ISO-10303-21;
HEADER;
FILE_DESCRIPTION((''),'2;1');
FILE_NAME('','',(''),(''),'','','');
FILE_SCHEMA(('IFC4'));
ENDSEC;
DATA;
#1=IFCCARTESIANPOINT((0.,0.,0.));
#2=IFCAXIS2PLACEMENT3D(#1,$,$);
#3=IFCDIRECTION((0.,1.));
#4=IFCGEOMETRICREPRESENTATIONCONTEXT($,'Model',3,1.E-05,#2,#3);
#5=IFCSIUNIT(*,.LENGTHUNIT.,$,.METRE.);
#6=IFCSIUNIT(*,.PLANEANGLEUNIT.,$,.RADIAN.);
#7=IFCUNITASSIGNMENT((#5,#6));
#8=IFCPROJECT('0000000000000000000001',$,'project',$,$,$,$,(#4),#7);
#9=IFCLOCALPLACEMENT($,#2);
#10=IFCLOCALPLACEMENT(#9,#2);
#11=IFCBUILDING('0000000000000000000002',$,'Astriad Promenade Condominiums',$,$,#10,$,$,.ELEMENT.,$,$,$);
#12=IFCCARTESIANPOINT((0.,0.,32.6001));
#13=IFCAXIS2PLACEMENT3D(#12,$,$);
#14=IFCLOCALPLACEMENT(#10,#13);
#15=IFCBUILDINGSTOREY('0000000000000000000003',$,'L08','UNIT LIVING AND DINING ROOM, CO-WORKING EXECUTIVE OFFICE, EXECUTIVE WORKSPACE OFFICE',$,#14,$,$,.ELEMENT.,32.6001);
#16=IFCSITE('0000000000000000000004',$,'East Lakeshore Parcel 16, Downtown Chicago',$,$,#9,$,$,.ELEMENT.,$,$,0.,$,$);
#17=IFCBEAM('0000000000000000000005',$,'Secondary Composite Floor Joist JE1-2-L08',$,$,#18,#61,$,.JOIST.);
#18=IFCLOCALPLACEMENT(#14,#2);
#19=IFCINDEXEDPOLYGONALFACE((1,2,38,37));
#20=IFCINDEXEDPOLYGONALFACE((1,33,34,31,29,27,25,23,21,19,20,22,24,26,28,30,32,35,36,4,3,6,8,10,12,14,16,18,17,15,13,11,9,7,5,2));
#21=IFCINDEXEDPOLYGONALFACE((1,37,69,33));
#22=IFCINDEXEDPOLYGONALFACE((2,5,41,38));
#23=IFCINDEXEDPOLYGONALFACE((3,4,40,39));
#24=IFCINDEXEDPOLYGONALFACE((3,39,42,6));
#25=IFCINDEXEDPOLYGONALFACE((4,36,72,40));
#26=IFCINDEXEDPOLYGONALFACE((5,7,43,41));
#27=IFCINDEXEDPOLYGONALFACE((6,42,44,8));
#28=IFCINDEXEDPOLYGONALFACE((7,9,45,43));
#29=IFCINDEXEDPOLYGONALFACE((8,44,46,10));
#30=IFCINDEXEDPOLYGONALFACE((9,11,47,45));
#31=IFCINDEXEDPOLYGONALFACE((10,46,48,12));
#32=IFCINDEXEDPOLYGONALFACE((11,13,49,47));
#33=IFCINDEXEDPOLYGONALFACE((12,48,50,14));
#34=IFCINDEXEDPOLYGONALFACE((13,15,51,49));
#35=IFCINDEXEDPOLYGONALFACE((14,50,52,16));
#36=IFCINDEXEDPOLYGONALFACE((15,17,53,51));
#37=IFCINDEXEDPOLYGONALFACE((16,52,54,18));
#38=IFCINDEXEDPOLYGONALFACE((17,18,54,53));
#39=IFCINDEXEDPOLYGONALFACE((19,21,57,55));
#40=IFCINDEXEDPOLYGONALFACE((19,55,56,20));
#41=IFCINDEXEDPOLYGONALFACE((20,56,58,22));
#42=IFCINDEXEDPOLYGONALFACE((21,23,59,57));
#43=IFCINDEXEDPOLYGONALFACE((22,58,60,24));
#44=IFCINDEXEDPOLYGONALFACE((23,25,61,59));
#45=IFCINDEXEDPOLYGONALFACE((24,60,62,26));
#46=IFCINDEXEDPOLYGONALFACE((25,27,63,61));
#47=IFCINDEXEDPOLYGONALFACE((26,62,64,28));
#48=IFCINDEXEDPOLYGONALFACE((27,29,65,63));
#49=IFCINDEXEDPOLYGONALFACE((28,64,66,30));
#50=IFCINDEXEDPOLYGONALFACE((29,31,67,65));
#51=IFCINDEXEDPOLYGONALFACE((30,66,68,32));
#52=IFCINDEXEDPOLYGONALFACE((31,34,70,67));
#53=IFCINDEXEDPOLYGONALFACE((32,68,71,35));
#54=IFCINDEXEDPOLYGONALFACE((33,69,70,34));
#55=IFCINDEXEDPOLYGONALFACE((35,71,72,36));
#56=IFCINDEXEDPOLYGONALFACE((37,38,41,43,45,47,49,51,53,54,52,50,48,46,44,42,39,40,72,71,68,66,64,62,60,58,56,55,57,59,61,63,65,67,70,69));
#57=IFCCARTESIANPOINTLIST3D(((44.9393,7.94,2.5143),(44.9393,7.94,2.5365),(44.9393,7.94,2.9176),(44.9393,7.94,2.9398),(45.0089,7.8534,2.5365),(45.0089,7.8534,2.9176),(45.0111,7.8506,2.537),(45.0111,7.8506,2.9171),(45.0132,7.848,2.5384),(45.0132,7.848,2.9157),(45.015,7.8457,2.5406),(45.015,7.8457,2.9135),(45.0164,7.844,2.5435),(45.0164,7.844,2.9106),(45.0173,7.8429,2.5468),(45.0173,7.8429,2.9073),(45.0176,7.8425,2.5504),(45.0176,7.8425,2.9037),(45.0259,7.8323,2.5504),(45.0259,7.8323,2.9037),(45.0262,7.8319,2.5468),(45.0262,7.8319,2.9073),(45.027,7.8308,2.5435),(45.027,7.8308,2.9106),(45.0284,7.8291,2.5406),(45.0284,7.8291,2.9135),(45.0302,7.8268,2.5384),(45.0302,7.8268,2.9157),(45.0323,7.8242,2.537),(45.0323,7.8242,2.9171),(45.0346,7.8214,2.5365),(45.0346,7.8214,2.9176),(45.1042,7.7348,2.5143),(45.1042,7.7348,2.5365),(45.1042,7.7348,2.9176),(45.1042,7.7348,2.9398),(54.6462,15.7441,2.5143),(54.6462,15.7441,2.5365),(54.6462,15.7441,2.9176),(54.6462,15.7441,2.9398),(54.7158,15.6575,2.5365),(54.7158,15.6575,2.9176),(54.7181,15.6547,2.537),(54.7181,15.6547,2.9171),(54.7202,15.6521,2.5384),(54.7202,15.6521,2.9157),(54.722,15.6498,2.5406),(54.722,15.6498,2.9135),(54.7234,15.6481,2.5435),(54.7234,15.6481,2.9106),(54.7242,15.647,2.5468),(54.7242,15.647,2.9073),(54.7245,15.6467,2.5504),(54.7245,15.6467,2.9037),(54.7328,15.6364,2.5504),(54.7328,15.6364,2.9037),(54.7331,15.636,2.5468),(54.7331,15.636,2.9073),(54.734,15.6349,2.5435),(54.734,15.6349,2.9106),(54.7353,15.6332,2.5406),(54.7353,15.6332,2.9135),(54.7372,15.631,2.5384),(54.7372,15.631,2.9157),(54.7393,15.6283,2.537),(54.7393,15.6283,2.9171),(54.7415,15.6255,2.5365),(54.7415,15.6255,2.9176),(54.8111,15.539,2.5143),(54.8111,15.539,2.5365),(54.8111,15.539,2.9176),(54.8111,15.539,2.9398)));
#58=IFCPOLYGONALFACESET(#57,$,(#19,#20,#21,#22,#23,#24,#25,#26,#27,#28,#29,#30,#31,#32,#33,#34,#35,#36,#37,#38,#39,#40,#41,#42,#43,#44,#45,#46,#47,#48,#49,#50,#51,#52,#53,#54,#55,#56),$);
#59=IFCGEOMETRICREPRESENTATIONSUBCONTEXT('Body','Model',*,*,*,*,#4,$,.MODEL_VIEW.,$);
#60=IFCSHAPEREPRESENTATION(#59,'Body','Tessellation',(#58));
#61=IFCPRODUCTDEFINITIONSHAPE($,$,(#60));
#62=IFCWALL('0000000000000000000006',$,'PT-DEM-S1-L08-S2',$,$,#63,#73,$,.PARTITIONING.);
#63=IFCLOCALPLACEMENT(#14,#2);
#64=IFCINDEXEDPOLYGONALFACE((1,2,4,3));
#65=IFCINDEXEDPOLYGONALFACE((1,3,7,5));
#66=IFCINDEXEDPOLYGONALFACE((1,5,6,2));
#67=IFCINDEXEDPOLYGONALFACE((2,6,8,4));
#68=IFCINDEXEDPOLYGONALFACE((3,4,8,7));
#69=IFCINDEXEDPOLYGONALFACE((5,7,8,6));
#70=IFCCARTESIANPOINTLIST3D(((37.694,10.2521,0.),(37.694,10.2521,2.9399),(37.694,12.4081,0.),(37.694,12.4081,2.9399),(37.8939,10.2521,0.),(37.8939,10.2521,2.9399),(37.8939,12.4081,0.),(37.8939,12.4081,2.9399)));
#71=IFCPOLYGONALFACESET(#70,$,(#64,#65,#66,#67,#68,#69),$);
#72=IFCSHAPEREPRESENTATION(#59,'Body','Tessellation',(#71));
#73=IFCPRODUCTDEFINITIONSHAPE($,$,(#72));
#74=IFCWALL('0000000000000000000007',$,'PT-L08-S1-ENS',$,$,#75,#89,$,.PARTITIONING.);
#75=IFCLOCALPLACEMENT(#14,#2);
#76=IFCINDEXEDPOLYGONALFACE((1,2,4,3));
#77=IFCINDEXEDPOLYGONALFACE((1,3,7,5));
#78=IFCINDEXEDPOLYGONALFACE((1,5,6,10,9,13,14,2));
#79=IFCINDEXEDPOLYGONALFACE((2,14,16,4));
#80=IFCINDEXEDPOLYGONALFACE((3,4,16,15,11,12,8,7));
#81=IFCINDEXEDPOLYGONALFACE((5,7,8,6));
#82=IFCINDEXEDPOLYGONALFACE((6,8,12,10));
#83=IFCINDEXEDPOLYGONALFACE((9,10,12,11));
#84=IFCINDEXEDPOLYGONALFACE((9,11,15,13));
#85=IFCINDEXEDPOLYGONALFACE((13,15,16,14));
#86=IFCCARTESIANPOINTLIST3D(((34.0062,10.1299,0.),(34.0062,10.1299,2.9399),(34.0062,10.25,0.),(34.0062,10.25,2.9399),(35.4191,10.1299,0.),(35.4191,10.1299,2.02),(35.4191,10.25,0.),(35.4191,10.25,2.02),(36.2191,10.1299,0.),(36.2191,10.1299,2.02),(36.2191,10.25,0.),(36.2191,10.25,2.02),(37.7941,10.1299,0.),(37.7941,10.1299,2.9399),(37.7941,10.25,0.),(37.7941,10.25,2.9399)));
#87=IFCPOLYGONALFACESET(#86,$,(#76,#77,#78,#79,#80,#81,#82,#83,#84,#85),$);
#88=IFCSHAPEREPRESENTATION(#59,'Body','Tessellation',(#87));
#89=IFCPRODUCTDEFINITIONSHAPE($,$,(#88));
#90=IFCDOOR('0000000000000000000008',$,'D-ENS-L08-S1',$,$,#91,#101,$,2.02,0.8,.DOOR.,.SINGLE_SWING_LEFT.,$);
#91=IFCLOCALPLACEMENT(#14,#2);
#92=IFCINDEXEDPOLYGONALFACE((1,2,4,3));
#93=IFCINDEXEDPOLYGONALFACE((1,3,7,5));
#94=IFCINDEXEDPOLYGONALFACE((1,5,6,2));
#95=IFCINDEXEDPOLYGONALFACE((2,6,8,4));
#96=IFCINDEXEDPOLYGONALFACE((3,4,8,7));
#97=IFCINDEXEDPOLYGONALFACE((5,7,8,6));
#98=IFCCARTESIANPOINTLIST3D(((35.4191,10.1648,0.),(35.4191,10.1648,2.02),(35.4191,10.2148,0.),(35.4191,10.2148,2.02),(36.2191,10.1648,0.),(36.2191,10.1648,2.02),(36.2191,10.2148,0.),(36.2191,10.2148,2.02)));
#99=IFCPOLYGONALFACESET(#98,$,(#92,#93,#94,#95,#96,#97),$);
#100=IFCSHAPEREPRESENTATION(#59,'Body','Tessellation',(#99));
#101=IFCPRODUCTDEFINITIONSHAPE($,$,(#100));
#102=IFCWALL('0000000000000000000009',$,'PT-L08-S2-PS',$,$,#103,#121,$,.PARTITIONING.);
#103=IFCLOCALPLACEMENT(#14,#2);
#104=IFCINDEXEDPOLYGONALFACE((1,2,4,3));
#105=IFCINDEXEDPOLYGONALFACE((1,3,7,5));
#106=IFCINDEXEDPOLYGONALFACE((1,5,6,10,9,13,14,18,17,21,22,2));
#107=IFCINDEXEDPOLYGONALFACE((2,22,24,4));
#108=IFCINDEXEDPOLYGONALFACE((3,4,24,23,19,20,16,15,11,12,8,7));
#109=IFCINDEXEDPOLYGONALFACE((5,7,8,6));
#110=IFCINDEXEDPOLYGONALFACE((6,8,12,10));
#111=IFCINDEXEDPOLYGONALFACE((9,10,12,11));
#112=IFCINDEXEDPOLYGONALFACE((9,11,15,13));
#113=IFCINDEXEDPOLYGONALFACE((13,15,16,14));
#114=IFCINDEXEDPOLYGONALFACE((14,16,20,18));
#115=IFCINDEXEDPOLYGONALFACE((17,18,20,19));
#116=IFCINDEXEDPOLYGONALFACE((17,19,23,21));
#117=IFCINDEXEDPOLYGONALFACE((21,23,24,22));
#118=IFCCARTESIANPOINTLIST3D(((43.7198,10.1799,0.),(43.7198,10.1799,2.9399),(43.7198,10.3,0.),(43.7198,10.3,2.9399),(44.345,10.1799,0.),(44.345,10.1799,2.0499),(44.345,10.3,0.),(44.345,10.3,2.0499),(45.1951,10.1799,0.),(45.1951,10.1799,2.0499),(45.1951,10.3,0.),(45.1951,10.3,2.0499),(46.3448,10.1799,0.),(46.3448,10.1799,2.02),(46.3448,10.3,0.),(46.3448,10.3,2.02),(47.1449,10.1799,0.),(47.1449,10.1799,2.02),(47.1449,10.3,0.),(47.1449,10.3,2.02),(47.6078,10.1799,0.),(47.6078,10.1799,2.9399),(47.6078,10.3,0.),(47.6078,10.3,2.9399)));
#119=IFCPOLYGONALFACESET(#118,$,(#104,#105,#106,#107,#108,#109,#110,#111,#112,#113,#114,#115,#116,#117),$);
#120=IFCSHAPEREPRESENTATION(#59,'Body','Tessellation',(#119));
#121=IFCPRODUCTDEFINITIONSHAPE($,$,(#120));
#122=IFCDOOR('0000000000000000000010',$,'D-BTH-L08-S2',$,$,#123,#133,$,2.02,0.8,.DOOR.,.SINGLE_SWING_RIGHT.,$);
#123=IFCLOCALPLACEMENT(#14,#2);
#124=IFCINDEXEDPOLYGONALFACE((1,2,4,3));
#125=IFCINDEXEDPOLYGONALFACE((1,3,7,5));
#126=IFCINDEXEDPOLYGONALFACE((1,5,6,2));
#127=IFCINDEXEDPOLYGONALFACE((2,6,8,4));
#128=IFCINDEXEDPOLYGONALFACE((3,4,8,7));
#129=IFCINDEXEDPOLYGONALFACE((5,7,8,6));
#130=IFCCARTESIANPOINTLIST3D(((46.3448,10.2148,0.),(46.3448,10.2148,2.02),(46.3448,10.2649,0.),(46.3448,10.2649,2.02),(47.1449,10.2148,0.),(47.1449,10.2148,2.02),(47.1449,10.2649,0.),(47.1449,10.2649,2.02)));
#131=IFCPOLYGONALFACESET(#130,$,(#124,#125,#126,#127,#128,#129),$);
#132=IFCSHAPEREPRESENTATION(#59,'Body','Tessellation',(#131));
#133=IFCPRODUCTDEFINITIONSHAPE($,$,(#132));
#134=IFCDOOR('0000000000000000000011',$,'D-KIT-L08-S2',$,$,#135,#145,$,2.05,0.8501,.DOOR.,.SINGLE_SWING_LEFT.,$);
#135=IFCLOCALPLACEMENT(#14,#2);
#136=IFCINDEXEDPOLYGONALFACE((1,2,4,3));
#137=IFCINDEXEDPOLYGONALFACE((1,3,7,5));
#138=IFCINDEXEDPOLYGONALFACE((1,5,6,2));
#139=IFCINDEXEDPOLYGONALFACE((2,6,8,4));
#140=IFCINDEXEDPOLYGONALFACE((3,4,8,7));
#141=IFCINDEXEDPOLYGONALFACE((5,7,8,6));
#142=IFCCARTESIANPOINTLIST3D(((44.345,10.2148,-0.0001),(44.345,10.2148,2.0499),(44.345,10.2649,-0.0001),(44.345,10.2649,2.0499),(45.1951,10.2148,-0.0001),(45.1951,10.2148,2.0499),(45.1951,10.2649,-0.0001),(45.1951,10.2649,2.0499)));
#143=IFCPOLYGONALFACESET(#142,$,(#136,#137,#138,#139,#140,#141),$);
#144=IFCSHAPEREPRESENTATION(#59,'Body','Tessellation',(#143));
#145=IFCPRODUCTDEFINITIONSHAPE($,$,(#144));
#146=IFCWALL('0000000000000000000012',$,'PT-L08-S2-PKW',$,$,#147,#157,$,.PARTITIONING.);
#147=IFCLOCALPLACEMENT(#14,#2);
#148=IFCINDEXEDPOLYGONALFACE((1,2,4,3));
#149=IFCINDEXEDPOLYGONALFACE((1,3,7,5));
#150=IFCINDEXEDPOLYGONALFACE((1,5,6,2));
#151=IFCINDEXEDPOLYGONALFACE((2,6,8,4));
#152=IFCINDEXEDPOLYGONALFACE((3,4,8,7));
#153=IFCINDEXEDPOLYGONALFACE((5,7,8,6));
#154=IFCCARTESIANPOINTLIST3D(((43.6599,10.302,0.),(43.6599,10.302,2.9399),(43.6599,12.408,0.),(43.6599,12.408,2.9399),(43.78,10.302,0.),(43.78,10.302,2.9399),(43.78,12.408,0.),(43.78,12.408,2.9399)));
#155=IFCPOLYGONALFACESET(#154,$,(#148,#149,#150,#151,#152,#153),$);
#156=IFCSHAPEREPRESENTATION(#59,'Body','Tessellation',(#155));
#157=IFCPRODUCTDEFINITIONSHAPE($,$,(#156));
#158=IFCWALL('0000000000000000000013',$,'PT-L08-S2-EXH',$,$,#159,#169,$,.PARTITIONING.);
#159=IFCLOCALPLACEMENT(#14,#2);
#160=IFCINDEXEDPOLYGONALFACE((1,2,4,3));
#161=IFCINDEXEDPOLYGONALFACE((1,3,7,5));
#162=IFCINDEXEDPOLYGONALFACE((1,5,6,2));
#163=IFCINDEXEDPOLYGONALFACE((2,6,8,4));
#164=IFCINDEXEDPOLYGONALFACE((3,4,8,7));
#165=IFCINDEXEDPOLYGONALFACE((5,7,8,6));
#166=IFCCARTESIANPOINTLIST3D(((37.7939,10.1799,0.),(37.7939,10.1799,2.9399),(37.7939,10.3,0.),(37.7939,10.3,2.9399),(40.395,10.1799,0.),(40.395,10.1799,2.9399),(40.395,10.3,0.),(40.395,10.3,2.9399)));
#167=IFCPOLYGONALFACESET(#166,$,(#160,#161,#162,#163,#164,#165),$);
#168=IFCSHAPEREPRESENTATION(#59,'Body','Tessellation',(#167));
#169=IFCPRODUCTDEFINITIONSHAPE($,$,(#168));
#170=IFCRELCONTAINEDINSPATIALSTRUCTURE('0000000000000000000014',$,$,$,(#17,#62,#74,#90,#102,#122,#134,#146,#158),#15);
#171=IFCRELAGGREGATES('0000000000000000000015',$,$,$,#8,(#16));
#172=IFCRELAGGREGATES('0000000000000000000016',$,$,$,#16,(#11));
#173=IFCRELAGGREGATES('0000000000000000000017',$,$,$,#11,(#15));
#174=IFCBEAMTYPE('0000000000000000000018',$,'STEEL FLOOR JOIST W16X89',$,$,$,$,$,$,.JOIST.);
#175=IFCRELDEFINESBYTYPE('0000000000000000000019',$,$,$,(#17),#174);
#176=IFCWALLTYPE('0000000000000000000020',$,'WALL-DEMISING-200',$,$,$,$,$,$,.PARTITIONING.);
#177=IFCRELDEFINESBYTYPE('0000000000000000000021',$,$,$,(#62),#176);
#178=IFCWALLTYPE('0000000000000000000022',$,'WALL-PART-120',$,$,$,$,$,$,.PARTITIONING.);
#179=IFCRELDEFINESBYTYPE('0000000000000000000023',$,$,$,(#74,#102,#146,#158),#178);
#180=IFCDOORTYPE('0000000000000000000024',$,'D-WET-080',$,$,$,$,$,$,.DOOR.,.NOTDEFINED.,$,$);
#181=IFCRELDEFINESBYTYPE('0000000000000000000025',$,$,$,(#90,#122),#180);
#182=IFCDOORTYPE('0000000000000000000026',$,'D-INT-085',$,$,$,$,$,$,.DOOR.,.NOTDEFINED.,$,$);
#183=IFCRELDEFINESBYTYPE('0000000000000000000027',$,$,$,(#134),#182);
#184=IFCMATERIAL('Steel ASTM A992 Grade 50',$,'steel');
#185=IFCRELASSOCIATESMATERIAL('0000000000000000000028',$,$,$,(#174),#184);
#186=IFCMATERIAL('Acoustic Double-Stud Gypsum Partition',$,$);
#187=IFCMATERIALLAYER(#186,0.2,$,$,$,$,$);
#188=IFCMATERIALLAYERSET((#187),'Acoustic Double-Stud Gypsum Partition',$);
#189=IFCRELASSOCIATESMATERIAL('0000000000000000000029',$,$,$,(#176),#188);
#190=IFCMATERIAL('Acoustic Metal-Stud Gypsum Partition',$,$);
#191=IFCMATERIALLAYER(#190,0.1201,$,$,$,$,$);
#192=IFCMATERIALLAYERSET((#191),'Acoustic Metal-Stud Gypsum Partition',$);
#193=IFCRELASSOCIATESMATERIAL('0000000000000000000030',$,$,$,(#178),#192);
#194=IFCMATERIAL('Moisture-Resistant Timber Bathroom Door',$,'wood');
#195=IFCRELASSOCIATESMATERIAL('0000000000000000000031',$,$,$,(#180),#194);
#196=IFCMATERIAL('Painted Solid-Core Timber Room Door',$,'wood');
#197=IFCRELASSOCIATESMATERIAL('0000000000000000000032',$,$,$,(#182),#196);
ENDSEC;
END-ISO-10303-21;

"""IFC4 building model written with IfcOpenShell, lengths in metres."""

from ifc_helpers import new_model, si_unit, direction, frame, frame_2d, origin, origin_2d, place, context, subcontext, project, spatial, rectangle, i_section, extrude, source, transform, mapped, material, layer, layer_set, material_profile, profile_set, type_object, type_shapes, element, fill, save


model = new_model("IFC4")

# Units and contexts
model_context = context("Model", 3, precision=1e-05, world=origin(), true_north=direction((0.0, 1.0)))
body_context = subcontext(model_context, "Body", "Model", "MODEL_VIEW")
ifc_project = project(units=[si_unit("LENGTHUNIT", "METRE"), si_unit("PLANEANGLEUNIT", "RADIAN")], contexts=[model_context])

# Site, building, storey
site_placement = place(None, origin())
site = spatial("IfcSite", under=ifc_project, at=site_placement, Name="East Lakeshore Parcel 16, Downtown Chicago", CompositionType="ELEMENT", RefElevation=0.0)
building_placement = place(site_placement, origin())
building = spatial("IfcBuilding", under=site, at=building_placement, Name="Astriad Promenade Condominiums", CompositionType="ELEMENT")
storey_placement = place(building_placement, frame((0.0, 0.0, 32.6001)))
storey = spatial("IfcBuildingStorey", under=building, at=storey_placement, Name="L08", Description="UNIT LIVING AND DINING ROOM, CO-WORKING EXECUTIVE OFFICE, EXECUTIVE WORKSPACE OFFICE", CompositionType="ELEMENT", Elevation=32.6001)

# Shared definitions
ifc_material_1 = material(Name="Steel ASTM A992 Grade 50", Category="steel")

# Beam
ifc_material_profile_1 = material_profile(ifc_material_1, i_section(OverallWidth=0.2632, OverallDepth=0.4255, WebThickness=0.0132, FlangeThickness=0.0222, FilletRadius=0.0139, at=origin_2d()), Name="W16X89")
ifc_profile_set_1 = profile_set([ifc_material_profile_1], Name="Steel ASTM A992 Grade 50")
beam_type_1 = type_object("IfcBeamType", Name="STEEL FLOOR JOIST W16X89", PredefinedType="JOIST", material=ifc_profile_set_1)
shared_shape_1 = source(origin(), body_context, "Body", "SweptSolid", [
    extrude(i_section(OverallWidth=0.2632, OverallDepth=0.4255, WebThickness=0.0132, FlangeThickness=0.0222, FilletRadius=0.0139, at=origin_2d()), origin(), (0.0, 0.0, 1.0), 12.4551),
])
beam_1_placement = place(storey_placement, frame((45.0217, 7.8374, 2.7271), z_axis=(0.779356, 0.626582, 0.0), x_axis=(-0.626582, 0.779356, 0.0)))
element("IfcBeam", 1, at=beam_1_placement, inside=storey, type_object=beam_type_1, Name="Secondary Composite Floor Joist JE1-2-L08", PredefinedType="JOIST", context=body_context, shape_type="MappedRepresentation", body=[
    mapped(shared_shape_1, transform((0.0, 0.0, 0.0), scale=1.0)),
])

# Wall
ifc_material_2 = material(Name="Acoustic Double-Stud Gypsum Partition")
ifc_layer_1 = layer(ifc_material_2, 0.2)
ifc_layer_set_1 = layer_set([ifc_layer_1], Name="Acoustic Double-Stud Gypsum Partition")
wall_type_1 = type_object("IfcWallType", Name="WALL-DEMISING-200", PredefinedType="PARTITIONING", material=ifc_layer_set_1)
wall_1_placement = place(storey_placement, frame((37.7939, 10.252, 0.0), z_axis=(0.0, 0.0, 1.0), x_axis=(0.0, 1.0, 0.0)))
element("IfcWall", 2, at=wall_1_placement, inside=storey, type_object=wall_type_1, Name="PT-DEM-S1-L08-S2", PredefinedType="PARTITIONING", context=body_context, shape_type="SweptSolid", body=[
    extrude(rectangle(XDim=2.156, YDim=0.2, at=frame_2d((1.0781, 0.0))), origin(), (0.0, 0.0, 1.0), 2.9399),
])

# Wall, opening, door
ifc_material_3 = material(Name="Acoustic Metal-Stud Gypsum Partition")
ifc_layer_2 = layer(ifc_material_3, 0.1201)
ifc_layer_set_2 = layer_set([ifc_layer_2], Name="Acoustic Metal-Stud Gypsum Partition")
wall_type_2 = type_object("IfcWallType", Name="WALL-PART-120", PredefinedType="PARTITIONING", material=ifc_layer_set_2)
wall_2_placement = place(storey_placement, frame((34.0061, 10.1899, 0.0), z_axis=(0.0, 0.0, 1.0), x_axis=(1.0, 0.0, 0.0)))
wall_2 = element("IfcWall", 3, at=wall_2_placement, inside=storey, type_object=wall_type_2, Name="PT-L08-S1-ENS", PredefinedType="PARTITIONING", context=body_context, shape_type="SweptSolid", body=[
    extrude(rectangle(XDim=3.7878, YDim=0.1201, at=frame_2d((1.894, 0.0))), origin(), (0.0, 0.0, 1.0), 2.9399),
])
opening_1_placement = place(wall_2_placement, frame((1.4131, 0.0, 0.0)))
opening_1 = element("IfcOpeningElement", 4, at=opening_1_placement, cuts=wall_2, PredefinedType="OPENING", context=body_context, shape_type="SweptSolid", body=[
    extrude(rectangle(XDim=0.8, YDim=2.02, at=frame_2d((0.3999, 1.01))), frame((0.0, 0.0701, 0.0), z_axis=(0.0, -1.0, 0.0), x_axis=(1.0, 0.0, 0.0)), (0.0, 0.0, 1.0), 0.1401),
])
ifc_material_4 = material(Name="Moisture-Resistant Timber Bathroom Door", Category="wood")
door_type_1 = type_object("IfcDoorType", Name="D-WET-080", OperationType="NOTDEFINED", PredefinedType="DOOR", material=ifc_material_4)
shared_shape_2 = source(origin(), body_context, "Body", "SweptSolid", [
    extrude(rectangle(XDim=0.8, YDim=2.02, at=frame_2d((0.3999, 1.01))), frame((0.0, 0.0249, 0.0), z_axis=(0.0, -1.0, 0.0), x_axis=(1.0, 0.0, 0.0)), (0.0, 0.0, 1.0), 0.05),
])
type_shapes(door_type_1, [shared_shape_2])
door_1_placement = place(opening_1_placement, origin())
door_1 = element("IfcDoor", 5, at=door_1_placement, inside=storey, type_object=door_type_1, Name="D-ENS-L08-S1", OperationType="SINGLE_SWING_LEFT", OverallHeight=2.02, OverallWidth=0.8, PredefinedType="DOOR", context=body_context, shape_type="MappedRepresentation", body=[
    mapped(shared_shape_2, transform((0.0, 0.0, 0.0), scale=1.0)),
])
fill(opening_1, door_1)

# Wall, openings, doors
wall_3_placement = place(storey_placement, frame((43.72, 10.24, 0.0), z_axis=(0.0, 0.0, 1.0), x_axis=(1.0, 0.0, 0.0)))
wall_3 = element("IfcWall", 6, at=wall_3_placement, inside=storey, type_object=wall_type_2, Name="PT-L08-S2-PS", PredefinedType="PARTITIONING", context=body_context, shape_type="SweptSolid", body=[
    extrude(rectangle(XDim=3.8879, YDim=0.1201, at=frame_2d((1.9438, 0.0))), origin(), (0.0, 0.0, 1.0), 2.9399),
])
opening_2_placement = place(wall_3_placement, frame((0.625, 0.0, 0.0)))
opening_2 = element("IfcOpeningElement", 7, at=opening_2_placement, cuts=wall_3, PredefinedType="OPENING", context=body_context, shape_type="SweptSolid", body=[
    extrude(rectangle(XDim=0.8501, YDim=2.05, at=frame_2d((0.425, 1.0249))), frame((0.0, 0.0701, 0.0), z_axis=(0.0, -1.0, 0.0), x_axis=(1.0, 0.0, 0.0)), (0.0, 0.0, 1.0), 0.1401),
])
opening_3_placement = place(wall_3_placement, frame((2.625, 0.0, 0.0)))
opening_3 = element("IfcOpeningElement", 8, at=opening_3_placement, cuts=wall_3, PredefinedType="OPENING", context=body_context, shape_type="SweptSolid", body=[
    extrude(rectangle(XDim=0.8, YDim=2.02, at=frame_2d((0.3999, 1.01))), frame((0.0, 0.0701, 0.0), z_axis=(0.0, -1.0, 0.0), x_axis=(1.0, 0.0, 0.0)), (0.0, 0.0, 1.0), 0.1401),
])
door_2_placement = place(opening_3_placement, origin())
door_2 = element("IfcDoor", 9, at=door_2_placement, inside=storey, type_object=door_type_1, Name="D-BTH-L08-S2", OperationType="SINGLE_SWING_RIGHT", OverallHeight=2.02, OverallWidth=0.8, PredefinedType="DOOR", context=body_context, shape_type="MappedRepresentation", body=[
    mapped(shared_shape_2, transform((0.0, 0.0, 0.0), scale=1.0)),
])
fill(opening_3, door_2)
ifc_material_5 = material(Name="Painted Solid-Core Timber Room Door", Category="wood")
door_type_2 = type_object("IfcDoorType", Name="D-INT-085", OperationType="NOTDEFINED", PredefinedType="DOOR", material=ifc_material_5)
shared_shape_3 = source(origin(), body_context, "Body", "SweptSolid", [
    extrude(rectangle(XDim=0.8501, YDim=2.05, at=frame_2d((0.425, 1.0249))), frame((0.0, 0.0249, 0.0), z_axis=(0.0, -1.0, 0.0), x_axis=(1.0, 0.0, 0.0)), (0.0, 0.0, 1.0), 0.05),
])
type_shapes(door_type_2, [shared_shape_3])
door_3_placement = place(opening_2_placement, origin())
door_3 = element("IfcDoor", 10, at=door_3_placement, inside=storey, type_object=door_type_2, Name="D-KIT-L08-S2", OperationType="SINGLE_SWING_LEFT", OverallHeight=2.05, OverallWidth=0.8501, PredefinedType="DOOR", context=body_context, shape_type="MappedRepresentation", body=[
    mapped(shared_shape_3, transform((0.0, 0.0, 0.0), scale=1.0)),
])
fill(opening_2, door_3)

# Walls
wall_4_placement = place(storey_placement, frame((43.72, 10.302, 0.0), z_axis=(0.0, 0.0, 1.0), x_axis=(0.0, 1.0, 0.0)))
element("IfcWall", 11, at=wall_4_placement, inside=storey, type_object=wall_type_2, Name="PT-L08-S2-PKW", PredefinedType="PARTITIONING", context=body_context, shape_type="SweptSolid", body=[
    extrude(rectangle(XDim=2.106, YDim=0.1201, at=frame_2d((1.053, 0.0))), origin(), (0.0, 0.0, 1.0), 2.9399),
])
wall_5_placement = place(storey_placement, frame((37.7939, 10.24, 0.0), z_axis=(0.0, 0.0, 1.0), x_axis=(1.0, 0.0, 0.0)))
element("IfcWall", 12, at=wall_5_placement, inside=storey, type_object=wall_type_2, Name="PT-L08-S2-EXH", PredefinedType="PARTITIONING", context=body_context, shape_type="SweptSolid", body=[
    extrude(rectangle(XDim=2.6011, YDim=0.1201, at=frame_2d((1.3005, 0.0))), origin(), (0.0, 0.0, 1.0), 2.9399),
])

save(model, "model.ifc")
